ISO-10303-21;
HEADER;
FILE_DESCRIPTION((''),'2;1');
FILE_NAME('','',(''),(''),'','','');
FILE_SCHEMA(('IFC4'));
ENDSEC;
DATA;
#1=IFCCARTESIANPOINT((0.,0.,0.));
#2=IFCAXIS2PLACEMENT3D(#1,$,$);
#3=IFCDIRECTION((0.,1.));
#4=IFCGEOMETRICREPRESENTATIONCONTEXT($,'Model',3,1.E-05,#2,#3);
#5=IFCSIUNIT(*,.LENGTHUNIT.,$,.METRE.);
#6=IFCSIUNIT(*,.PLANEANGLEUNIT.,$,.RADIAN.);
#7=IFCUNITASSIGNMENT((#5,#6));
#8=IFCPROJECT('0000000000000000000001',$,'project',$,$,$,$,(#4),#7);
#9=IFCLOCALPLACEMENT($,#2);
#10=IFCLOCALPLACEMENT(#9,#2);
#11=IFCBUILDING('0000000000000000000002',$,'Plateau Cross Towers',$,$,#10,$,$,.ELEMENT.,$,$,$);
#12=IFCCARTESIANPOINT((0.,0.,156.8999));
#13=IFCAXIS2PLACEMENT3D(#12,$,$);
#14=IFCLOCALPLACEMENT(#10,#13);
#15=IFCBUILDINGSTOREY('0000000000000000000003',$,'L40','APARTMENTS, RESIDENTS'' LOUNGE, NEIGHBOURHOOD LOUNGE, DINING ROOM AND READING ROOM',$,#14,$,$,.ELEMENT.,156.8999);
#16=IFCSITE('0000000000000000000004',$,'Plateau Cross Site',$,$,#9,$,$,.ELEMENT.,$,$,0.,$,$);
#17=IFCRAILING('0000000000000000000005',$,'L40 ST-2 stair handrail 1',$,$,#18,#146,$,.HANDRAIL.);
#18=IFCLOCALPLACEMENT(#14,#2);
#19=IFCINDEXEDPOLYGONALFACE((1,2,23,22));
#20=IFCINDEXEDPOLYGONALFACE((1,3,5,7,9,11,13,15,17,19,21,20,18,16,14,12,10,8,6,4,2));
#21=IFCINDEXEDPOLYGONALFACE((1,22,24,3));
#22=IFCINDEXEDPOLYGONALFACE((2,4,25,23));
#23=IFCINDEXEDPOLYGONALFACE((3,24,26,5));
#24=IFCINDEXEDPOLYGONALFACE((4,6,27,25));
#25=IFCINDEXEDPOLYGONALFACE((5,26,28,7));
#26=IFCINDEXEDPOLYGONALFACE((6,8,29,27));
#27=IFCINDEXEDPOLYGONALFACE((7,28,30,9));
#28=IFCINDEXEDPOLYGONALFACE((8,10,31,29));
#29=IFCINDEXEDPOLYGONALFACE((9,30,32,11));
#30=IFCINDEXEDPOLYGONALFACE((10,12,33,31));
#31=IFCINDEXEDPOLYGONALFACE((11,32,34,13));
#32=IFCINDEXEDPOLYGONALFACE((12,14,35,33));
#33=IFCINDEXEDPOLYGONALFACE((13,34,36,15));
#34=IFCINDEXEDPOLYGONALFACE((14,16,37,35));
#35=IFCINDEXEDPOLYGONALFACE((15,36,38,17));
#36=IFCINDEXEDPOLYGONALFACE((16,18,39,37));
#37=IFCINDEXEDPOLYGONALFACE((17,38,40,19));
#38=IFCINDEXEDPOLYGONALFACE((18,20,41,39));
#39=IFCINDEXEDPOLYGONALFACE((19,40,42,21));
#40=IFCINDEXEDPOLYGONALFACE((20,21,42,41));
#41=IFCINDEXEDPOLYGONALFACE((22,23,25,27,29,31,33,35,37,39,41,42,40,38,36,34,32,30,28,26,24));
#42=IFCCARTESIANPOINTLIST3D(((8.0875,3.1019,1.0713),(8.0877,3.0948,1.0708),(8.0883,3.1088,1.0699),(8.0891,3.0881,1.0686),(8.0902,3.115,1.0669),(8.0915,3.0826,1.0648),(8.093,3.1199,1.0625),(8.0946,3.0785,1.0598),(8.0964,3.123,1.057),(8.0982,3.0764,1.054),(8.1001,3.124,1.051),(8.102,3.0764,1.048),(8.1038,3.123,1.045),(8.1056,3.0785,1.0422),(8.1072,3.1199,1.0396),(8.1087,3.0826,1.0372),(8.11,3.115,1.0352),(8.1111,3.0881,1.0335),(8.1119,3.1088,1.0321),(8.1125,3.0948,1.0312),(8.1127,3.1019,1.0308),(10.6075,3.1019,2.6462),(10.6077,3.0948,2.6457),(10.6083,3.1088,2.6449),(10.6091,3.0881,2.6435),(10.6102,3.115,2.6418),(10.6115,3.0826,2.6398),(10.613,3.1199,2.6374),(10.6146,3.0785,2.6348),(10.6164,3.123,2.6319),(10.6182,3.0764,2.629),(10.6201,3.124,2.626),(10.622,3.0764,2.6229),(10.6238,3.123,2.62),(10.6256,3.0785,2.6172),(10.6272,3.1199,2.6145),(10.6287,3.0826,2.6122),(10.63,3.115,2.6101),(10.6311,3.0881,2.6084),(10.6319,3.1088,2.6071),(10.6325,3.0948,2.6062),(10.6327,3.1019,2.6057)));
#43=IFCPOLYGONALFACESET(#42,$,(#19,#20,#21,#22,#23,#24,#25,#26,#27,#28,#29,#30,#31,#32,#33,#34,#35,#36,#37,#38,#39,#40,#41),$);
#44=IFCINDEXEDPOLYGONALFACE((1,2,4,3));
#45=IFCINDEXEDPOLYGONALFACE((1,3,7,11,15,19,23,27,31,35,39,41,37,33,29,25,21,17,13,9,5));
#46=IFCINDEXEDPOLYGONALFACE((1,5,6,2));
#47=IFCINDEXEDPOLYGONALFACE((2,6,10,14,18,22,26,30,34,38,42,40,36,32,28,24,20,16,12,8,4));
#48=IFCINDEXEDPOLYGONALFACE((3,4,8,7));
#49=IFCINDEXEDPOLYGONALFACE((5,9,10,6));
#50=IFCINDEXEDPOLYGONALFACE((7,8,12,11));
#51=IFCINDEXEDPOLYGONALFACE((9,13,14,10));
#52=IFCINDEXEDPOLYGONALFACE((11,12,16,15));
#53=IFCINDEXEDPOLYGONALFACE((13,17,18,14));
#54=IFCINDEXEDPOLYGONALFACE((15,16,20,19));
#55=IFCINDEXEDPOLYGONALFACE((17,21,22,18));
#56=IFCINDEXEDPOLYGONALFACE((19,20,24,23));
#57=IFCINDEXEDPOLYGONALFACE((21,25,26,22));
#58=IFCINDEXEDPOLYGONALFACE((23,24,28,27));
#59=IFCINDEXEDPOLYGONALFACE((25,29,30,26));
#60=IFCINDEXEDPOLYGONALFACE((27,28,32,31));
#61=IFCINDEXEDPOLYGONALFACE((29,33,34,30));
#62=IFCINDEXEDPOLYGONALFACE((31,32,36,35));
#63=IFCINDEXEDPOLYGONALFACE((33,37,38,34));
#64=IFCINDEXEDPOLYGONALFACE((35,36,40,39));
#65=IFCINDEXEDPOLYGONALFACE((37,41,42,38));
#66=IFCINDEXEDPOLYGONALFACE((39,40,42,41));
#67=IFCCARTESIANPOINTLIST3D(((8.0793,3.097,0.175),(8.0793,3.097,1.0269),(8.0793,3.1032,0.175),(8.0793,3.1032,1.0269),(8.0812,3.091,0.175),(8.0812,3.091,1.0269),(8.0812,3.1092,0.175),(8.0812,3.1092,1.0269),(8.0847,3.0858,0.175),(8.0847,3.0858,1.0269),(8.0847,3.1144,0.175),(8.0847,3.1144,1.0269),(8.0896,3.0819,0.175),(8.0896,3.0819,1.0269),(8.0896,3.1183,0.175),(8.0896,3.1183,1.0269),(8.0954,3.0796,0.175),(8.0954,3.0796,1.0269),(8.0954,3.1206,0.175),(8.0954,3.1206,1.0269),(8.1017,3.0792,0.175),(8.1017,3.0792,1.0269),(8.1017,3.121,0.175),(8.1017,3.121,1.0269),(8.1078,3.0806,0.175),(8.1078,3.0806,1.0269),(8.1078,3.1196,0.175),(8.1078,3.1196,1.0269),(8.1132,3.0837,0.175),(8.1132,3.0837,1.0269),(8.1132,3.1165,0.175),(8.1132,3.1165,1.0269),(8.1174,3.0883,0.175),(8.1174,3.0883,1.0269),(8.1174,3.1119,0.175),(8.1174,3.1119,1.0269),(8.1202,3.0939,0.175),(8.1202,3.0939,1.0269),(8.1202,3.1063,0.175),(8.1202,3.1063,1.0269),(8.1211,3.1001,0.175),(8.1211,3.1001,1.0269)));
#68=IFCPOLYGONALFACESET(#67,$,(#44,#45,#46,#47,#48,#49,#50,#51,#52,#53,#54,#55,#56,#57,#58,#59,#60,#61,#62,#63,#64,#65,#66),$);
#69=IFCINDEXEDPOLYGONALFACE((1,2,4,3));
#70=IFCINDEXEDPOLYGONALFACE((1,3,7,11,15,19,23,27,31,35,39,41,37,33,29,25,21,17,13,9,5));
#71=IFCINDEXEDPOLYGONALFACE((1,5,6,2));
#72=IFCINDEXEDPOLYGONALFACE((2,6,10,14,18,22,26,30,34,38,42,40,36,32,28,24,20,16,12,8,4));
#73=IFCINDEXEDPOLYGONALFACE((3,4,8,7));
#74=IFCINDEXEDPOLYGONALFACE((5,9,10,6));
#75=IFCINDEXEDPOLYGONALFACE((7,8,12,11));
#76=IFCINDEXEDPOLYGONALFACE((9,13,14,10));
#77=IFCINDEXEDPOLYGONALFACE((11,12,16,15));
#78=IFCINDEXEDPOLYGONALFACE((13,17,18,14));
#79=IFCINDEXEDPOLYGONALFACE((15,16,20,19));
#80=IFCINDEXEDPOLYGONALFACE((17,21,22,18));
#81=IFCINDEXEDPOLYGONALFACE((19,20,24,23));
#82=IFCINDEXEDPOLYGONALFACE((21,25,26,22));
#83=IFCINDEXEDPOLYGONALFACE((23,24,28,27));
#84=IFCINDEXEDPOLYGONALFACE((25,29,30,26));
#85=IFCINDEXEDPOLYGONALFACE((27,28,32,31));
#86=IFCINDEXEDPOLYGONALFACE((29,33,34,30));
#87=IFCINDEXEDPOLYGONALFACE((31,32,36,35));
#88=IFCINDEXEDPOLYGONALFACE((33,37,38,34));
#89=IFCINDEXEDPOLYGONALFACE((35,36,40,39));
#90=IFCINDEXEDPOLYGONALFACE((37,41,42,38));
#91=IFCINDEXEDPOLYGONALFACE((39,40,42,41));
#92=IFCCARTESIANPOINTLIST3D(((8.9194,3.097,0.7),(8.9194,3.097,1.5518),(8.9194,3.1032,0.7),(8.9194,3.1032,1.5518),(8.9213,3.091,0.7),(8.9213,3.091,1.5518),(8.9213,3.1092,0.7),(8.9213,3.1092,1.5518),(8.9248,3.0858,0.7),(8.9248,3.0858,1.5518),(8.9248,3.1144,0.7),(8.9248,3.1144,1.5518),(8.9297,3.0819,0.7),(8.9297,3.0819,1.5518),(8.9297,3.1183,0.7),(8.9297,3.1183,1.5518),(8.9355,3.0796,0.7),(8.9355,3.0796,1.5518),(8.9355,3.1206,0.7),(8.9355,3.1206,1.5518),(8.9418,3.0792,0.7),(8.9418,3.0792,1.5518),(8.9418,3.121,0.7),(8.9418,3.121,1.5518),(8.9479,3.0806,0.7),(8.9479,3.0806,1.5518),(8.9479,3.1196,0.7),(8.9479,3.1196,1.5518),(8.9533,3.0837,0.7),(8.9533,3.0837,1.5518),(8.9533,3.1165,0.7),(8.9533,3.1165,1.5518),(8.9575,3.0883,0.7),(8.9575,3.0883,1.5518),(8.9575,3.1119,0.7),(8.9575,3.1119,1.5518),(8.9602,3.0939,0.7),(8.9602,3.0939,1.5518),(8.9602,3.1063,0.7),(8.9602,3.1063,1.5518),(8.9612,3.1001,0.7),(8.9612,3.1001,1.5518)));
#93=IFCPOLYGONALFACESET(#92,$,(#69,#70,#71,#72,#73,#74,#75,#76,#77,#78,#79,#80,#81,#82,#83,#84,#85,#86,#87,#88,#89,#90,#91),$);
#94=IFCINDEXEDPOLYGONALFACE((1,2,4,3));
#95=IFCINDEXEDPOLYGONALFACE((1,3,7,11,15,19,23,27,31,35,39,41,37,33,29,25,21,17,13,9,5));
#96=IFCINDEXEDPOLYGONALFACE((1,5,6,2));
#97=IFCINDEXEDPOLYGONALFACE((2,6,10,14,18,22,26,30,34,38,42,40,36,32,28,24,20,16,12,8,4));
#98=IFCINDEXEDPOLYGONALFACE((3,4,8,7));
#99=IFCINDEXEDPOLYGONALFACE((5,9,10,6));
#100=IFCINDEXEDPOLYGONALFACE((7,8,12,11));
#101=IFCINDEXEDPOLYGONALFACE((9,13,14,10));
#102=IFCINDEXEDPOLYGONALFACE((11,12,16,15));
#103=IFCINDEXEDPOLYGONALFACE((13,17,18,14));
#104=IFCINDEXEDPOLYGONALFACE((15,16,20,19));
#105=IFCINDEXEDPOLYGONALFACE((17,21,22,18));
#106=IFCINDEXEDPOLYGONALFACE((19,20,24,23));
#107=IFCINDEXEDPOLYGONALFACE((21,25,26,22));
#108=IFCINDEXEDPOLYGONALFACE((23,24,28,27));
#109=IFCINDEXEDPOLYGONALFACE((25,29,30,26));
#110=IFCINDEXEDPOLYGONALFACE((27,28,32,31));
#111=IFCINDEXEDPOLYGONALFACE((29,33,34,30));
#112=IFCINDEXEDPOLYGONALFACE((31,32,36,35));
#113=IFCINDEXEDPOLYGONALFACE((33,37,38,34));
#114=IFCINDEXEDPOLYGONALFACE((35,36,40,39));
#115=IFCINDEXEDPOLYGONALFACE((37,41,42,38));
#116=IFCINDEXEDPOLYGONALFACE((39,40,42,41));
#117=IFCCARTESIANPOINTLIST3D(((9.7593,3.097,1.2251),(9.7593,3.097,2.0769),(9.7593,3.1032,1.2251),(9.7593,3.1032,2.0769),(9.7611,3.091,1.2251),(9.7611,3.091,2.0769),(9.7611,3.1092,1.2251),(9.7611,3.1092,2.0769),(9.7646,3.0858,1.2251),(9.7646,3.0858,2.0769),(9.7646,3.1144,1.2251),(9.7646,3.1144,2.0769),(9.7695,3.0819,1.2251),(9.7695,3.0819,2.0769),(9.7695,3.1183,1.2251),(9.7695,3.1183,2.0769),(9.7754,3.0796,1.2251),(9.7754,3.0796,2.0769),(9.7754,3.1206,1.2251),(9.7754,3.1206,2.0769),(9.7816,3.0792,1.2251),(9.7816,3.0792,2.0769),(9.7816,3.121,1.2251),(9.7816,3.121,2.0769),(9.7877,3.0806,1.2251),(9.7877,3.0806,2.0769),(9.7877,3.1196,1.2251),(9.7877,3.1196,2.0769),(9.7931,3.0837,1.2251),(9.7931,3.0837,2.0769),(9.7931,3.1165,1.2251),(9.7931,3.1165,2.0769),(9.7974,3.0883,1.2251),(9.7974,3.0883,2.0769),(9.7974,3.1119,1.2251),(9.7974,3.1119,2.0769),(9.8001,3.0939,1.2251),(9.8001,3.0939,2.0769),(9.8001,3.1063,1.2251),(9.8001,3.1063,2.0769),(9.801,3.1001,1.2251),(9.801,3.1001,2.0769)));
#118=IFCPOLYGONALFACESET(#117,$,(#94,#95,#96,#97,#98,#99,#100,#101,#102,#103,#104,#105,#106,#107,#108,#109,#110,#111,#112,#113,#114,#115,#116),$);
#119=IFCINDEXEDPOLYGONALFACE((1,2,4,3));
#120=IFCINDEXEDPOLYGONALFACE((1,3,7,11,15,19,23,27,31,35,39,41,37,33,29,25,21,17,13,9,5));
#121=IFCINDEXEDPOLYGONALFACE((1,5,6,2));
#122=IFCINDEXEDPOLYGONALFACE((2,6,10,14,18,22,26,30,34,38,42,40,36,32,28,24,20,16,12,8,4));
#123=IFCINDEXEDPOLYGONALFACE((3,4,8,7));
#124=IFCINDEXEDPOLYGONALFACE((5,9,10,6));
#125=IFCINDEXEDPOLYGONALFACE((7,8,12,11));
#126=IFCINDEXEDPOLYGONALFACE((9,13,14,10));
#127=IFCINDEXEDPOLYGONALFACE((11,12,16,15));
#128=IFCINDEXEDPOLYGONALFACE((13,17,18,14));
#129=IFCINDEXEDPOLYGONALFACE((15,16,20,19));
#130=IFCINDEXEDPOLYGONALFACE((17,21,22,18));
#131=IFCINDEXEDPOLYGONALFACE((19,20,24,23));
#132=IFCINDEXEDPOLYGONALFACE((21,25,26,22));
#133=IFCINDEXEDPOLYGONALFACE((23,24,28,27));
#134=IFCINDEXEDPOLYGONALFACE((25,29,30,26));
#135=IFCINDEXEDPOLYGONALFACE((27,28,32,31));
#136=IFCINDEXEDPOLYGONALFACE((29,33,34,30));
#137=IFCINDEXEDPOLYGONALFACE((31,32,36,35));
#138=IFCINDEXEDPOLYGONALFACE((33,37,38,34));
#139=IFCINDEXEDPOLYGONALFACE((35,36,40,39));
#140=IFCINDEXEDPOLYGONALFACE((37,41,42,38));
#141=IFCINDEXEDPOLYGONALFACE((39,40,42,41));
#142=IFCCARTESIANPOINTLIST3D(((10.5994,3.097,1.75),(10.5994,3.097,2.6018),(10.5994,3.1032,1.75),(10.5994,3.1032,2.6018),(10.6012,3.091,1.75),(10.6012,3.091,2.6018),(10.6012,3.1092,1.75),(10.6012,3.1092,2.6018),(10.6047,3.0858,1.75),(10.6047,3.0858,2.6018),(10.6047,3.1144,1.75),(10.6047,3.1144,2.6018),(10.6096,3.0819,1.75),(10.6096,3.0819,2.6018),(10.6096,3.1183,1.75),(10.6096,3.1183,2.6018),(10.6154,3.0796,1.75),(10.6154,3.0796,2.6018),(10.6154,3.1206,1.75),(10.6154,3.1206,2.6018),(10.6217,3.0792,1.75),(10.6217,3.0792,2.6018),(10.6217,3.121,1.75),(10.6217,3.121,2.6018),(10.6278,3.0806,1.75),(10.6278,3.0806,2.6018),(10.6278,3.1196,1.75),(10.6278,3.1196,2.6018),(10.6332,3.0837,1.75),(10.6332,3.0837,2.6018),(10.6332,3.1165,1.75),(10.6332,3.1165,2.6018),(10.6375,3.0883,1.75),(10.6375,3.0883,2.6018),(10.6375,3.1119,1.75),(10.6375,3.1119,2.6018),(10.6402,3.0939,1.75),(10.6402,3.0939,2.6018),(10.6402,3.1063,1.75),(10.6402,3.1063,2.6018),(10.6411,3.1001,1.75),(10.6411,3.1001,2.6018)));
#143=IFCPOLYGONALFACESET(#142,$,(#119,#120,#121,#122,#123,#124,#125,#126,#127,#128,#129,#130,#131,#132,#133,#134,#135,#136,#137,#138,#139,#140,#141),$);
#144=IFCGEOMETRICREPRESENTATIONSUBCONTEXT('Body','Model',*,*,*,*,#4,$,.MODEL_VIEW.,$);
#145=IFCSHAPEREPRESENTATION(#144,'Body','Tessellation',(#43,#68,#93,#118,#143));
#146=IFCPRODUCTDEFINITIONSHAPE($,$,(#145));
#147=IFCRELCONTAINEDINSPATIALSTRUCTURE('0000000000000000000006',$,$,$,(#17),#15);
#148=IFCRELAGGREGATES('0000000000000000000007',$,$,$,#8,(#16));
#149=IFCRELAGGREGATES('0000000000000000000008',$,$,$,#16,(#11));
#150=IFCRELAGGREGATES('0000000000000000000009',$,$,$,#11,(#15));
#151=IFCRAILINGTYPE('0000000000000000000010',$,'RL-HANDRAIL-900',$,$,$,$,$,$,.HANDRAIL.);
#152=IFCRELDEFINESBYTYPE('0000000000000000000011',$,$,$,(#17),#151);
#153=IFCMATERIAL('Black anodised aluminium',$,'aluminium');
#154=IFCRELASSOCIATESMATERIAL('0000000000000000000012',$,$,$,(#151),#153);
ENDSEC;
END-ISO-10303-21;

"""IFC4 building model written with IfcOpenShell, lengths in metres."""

from ifc_helpers import new_model, si_unit, direction, frame, origin, origin_2d, place, context, subcontext, project, spatial, circle, extrude, material, type_object, element, save


model = new_model("IFC4")

# Units and contexts
model_context = context("Model", 3, precision=1e-05, world=origin(), true_north=direction((0.0, 1.0)))
body_context = subcontext(model_context, "Body", "Model", "MODEL_VIEW")
ifc_project = project(units=[si_unit("LENGTHUNIT", "METRE"), si_unit("PLANEANGLEUNIT", "RADIAN")], contexts=[model_context])

# Site, building, storey
site_placement = place(None, origin())
site = spatial("IfcSite", under=ifc_project, at=site_placement, Name="Plateau Cross Site", CompositionType="ELEMENT", RefElevation=0.0)
building_placement = place(site_placement, origin())
building = spatial("IfcBuilding", under=site, at=building_placement, Name="Plateau Cross Towers", CompositionType="ELEMENT")
storey_placement = place(building_placement, frame((0.0, 0.0, 156.8999)))
storey = spatial("IfcBuildingStorey", under=building, at=storey_placement, Name="L40", Description="APARTMENTS, RESIDENTS' LOUNGE, NEIGHBOURHOOD LOUNGE, DINING ROOM AND READING ROOM", CompositionType="ELEMENT", Elevation=156.8999)

# Shared definitions
ifc_material_1 = material(Name="Black anodised aluminium", Category="aluminium")

# Railing
railing_type_1 = type_object("IfcRailingType", Name="RL-HANDRAIL-900", PredefinedType="HANDRAIL", material=ifc_material_1)
railing_placement = place(storey_placement, frame((8.1001, 3.1001, 0.175)))
element("IfcRailing", 1, at=railing_placement, inside=storey, type_object=railing_type_1, Name="L40 ST-2 stair handrail 1", PredefinedType="HANDRAIL", context=body_context, shape_type="SweptSolid", body=[
    extrude(circle(Radius=0.0239, at=origin_2d()), frame((0.0, 0.0, 0.876), z_axis=(0.848008, 0.0, 0.529984), x_axis=(0.0, 1.0, 0.0)), (0.0, 0.0, 1.0), 2.9717),
    extrude(circle(Radius=0.021, at=origin_2d()), origin(), (0.0, 0.0, 1.0), 0.8518),
    extrude(circle(Radius=0.021, at=origin_2d()), frame((0.8401, 0.0, 0.5249)), (0.0, 0.0, 1.0), 0.8518),
    extrude(circle(Radius=0.021, at=origin_2d()), frame((1.6799, 0.0, 1.05)), (0.0, 0.0, 1.0), 0.8518),
    extrude(circle(Radius=0.021, at=origin_2d()), frame((2.52, 0.0, 1.575)), (0.0, 0.0, 1.0), 0.8518),
])

save(model, "model.ifc")
